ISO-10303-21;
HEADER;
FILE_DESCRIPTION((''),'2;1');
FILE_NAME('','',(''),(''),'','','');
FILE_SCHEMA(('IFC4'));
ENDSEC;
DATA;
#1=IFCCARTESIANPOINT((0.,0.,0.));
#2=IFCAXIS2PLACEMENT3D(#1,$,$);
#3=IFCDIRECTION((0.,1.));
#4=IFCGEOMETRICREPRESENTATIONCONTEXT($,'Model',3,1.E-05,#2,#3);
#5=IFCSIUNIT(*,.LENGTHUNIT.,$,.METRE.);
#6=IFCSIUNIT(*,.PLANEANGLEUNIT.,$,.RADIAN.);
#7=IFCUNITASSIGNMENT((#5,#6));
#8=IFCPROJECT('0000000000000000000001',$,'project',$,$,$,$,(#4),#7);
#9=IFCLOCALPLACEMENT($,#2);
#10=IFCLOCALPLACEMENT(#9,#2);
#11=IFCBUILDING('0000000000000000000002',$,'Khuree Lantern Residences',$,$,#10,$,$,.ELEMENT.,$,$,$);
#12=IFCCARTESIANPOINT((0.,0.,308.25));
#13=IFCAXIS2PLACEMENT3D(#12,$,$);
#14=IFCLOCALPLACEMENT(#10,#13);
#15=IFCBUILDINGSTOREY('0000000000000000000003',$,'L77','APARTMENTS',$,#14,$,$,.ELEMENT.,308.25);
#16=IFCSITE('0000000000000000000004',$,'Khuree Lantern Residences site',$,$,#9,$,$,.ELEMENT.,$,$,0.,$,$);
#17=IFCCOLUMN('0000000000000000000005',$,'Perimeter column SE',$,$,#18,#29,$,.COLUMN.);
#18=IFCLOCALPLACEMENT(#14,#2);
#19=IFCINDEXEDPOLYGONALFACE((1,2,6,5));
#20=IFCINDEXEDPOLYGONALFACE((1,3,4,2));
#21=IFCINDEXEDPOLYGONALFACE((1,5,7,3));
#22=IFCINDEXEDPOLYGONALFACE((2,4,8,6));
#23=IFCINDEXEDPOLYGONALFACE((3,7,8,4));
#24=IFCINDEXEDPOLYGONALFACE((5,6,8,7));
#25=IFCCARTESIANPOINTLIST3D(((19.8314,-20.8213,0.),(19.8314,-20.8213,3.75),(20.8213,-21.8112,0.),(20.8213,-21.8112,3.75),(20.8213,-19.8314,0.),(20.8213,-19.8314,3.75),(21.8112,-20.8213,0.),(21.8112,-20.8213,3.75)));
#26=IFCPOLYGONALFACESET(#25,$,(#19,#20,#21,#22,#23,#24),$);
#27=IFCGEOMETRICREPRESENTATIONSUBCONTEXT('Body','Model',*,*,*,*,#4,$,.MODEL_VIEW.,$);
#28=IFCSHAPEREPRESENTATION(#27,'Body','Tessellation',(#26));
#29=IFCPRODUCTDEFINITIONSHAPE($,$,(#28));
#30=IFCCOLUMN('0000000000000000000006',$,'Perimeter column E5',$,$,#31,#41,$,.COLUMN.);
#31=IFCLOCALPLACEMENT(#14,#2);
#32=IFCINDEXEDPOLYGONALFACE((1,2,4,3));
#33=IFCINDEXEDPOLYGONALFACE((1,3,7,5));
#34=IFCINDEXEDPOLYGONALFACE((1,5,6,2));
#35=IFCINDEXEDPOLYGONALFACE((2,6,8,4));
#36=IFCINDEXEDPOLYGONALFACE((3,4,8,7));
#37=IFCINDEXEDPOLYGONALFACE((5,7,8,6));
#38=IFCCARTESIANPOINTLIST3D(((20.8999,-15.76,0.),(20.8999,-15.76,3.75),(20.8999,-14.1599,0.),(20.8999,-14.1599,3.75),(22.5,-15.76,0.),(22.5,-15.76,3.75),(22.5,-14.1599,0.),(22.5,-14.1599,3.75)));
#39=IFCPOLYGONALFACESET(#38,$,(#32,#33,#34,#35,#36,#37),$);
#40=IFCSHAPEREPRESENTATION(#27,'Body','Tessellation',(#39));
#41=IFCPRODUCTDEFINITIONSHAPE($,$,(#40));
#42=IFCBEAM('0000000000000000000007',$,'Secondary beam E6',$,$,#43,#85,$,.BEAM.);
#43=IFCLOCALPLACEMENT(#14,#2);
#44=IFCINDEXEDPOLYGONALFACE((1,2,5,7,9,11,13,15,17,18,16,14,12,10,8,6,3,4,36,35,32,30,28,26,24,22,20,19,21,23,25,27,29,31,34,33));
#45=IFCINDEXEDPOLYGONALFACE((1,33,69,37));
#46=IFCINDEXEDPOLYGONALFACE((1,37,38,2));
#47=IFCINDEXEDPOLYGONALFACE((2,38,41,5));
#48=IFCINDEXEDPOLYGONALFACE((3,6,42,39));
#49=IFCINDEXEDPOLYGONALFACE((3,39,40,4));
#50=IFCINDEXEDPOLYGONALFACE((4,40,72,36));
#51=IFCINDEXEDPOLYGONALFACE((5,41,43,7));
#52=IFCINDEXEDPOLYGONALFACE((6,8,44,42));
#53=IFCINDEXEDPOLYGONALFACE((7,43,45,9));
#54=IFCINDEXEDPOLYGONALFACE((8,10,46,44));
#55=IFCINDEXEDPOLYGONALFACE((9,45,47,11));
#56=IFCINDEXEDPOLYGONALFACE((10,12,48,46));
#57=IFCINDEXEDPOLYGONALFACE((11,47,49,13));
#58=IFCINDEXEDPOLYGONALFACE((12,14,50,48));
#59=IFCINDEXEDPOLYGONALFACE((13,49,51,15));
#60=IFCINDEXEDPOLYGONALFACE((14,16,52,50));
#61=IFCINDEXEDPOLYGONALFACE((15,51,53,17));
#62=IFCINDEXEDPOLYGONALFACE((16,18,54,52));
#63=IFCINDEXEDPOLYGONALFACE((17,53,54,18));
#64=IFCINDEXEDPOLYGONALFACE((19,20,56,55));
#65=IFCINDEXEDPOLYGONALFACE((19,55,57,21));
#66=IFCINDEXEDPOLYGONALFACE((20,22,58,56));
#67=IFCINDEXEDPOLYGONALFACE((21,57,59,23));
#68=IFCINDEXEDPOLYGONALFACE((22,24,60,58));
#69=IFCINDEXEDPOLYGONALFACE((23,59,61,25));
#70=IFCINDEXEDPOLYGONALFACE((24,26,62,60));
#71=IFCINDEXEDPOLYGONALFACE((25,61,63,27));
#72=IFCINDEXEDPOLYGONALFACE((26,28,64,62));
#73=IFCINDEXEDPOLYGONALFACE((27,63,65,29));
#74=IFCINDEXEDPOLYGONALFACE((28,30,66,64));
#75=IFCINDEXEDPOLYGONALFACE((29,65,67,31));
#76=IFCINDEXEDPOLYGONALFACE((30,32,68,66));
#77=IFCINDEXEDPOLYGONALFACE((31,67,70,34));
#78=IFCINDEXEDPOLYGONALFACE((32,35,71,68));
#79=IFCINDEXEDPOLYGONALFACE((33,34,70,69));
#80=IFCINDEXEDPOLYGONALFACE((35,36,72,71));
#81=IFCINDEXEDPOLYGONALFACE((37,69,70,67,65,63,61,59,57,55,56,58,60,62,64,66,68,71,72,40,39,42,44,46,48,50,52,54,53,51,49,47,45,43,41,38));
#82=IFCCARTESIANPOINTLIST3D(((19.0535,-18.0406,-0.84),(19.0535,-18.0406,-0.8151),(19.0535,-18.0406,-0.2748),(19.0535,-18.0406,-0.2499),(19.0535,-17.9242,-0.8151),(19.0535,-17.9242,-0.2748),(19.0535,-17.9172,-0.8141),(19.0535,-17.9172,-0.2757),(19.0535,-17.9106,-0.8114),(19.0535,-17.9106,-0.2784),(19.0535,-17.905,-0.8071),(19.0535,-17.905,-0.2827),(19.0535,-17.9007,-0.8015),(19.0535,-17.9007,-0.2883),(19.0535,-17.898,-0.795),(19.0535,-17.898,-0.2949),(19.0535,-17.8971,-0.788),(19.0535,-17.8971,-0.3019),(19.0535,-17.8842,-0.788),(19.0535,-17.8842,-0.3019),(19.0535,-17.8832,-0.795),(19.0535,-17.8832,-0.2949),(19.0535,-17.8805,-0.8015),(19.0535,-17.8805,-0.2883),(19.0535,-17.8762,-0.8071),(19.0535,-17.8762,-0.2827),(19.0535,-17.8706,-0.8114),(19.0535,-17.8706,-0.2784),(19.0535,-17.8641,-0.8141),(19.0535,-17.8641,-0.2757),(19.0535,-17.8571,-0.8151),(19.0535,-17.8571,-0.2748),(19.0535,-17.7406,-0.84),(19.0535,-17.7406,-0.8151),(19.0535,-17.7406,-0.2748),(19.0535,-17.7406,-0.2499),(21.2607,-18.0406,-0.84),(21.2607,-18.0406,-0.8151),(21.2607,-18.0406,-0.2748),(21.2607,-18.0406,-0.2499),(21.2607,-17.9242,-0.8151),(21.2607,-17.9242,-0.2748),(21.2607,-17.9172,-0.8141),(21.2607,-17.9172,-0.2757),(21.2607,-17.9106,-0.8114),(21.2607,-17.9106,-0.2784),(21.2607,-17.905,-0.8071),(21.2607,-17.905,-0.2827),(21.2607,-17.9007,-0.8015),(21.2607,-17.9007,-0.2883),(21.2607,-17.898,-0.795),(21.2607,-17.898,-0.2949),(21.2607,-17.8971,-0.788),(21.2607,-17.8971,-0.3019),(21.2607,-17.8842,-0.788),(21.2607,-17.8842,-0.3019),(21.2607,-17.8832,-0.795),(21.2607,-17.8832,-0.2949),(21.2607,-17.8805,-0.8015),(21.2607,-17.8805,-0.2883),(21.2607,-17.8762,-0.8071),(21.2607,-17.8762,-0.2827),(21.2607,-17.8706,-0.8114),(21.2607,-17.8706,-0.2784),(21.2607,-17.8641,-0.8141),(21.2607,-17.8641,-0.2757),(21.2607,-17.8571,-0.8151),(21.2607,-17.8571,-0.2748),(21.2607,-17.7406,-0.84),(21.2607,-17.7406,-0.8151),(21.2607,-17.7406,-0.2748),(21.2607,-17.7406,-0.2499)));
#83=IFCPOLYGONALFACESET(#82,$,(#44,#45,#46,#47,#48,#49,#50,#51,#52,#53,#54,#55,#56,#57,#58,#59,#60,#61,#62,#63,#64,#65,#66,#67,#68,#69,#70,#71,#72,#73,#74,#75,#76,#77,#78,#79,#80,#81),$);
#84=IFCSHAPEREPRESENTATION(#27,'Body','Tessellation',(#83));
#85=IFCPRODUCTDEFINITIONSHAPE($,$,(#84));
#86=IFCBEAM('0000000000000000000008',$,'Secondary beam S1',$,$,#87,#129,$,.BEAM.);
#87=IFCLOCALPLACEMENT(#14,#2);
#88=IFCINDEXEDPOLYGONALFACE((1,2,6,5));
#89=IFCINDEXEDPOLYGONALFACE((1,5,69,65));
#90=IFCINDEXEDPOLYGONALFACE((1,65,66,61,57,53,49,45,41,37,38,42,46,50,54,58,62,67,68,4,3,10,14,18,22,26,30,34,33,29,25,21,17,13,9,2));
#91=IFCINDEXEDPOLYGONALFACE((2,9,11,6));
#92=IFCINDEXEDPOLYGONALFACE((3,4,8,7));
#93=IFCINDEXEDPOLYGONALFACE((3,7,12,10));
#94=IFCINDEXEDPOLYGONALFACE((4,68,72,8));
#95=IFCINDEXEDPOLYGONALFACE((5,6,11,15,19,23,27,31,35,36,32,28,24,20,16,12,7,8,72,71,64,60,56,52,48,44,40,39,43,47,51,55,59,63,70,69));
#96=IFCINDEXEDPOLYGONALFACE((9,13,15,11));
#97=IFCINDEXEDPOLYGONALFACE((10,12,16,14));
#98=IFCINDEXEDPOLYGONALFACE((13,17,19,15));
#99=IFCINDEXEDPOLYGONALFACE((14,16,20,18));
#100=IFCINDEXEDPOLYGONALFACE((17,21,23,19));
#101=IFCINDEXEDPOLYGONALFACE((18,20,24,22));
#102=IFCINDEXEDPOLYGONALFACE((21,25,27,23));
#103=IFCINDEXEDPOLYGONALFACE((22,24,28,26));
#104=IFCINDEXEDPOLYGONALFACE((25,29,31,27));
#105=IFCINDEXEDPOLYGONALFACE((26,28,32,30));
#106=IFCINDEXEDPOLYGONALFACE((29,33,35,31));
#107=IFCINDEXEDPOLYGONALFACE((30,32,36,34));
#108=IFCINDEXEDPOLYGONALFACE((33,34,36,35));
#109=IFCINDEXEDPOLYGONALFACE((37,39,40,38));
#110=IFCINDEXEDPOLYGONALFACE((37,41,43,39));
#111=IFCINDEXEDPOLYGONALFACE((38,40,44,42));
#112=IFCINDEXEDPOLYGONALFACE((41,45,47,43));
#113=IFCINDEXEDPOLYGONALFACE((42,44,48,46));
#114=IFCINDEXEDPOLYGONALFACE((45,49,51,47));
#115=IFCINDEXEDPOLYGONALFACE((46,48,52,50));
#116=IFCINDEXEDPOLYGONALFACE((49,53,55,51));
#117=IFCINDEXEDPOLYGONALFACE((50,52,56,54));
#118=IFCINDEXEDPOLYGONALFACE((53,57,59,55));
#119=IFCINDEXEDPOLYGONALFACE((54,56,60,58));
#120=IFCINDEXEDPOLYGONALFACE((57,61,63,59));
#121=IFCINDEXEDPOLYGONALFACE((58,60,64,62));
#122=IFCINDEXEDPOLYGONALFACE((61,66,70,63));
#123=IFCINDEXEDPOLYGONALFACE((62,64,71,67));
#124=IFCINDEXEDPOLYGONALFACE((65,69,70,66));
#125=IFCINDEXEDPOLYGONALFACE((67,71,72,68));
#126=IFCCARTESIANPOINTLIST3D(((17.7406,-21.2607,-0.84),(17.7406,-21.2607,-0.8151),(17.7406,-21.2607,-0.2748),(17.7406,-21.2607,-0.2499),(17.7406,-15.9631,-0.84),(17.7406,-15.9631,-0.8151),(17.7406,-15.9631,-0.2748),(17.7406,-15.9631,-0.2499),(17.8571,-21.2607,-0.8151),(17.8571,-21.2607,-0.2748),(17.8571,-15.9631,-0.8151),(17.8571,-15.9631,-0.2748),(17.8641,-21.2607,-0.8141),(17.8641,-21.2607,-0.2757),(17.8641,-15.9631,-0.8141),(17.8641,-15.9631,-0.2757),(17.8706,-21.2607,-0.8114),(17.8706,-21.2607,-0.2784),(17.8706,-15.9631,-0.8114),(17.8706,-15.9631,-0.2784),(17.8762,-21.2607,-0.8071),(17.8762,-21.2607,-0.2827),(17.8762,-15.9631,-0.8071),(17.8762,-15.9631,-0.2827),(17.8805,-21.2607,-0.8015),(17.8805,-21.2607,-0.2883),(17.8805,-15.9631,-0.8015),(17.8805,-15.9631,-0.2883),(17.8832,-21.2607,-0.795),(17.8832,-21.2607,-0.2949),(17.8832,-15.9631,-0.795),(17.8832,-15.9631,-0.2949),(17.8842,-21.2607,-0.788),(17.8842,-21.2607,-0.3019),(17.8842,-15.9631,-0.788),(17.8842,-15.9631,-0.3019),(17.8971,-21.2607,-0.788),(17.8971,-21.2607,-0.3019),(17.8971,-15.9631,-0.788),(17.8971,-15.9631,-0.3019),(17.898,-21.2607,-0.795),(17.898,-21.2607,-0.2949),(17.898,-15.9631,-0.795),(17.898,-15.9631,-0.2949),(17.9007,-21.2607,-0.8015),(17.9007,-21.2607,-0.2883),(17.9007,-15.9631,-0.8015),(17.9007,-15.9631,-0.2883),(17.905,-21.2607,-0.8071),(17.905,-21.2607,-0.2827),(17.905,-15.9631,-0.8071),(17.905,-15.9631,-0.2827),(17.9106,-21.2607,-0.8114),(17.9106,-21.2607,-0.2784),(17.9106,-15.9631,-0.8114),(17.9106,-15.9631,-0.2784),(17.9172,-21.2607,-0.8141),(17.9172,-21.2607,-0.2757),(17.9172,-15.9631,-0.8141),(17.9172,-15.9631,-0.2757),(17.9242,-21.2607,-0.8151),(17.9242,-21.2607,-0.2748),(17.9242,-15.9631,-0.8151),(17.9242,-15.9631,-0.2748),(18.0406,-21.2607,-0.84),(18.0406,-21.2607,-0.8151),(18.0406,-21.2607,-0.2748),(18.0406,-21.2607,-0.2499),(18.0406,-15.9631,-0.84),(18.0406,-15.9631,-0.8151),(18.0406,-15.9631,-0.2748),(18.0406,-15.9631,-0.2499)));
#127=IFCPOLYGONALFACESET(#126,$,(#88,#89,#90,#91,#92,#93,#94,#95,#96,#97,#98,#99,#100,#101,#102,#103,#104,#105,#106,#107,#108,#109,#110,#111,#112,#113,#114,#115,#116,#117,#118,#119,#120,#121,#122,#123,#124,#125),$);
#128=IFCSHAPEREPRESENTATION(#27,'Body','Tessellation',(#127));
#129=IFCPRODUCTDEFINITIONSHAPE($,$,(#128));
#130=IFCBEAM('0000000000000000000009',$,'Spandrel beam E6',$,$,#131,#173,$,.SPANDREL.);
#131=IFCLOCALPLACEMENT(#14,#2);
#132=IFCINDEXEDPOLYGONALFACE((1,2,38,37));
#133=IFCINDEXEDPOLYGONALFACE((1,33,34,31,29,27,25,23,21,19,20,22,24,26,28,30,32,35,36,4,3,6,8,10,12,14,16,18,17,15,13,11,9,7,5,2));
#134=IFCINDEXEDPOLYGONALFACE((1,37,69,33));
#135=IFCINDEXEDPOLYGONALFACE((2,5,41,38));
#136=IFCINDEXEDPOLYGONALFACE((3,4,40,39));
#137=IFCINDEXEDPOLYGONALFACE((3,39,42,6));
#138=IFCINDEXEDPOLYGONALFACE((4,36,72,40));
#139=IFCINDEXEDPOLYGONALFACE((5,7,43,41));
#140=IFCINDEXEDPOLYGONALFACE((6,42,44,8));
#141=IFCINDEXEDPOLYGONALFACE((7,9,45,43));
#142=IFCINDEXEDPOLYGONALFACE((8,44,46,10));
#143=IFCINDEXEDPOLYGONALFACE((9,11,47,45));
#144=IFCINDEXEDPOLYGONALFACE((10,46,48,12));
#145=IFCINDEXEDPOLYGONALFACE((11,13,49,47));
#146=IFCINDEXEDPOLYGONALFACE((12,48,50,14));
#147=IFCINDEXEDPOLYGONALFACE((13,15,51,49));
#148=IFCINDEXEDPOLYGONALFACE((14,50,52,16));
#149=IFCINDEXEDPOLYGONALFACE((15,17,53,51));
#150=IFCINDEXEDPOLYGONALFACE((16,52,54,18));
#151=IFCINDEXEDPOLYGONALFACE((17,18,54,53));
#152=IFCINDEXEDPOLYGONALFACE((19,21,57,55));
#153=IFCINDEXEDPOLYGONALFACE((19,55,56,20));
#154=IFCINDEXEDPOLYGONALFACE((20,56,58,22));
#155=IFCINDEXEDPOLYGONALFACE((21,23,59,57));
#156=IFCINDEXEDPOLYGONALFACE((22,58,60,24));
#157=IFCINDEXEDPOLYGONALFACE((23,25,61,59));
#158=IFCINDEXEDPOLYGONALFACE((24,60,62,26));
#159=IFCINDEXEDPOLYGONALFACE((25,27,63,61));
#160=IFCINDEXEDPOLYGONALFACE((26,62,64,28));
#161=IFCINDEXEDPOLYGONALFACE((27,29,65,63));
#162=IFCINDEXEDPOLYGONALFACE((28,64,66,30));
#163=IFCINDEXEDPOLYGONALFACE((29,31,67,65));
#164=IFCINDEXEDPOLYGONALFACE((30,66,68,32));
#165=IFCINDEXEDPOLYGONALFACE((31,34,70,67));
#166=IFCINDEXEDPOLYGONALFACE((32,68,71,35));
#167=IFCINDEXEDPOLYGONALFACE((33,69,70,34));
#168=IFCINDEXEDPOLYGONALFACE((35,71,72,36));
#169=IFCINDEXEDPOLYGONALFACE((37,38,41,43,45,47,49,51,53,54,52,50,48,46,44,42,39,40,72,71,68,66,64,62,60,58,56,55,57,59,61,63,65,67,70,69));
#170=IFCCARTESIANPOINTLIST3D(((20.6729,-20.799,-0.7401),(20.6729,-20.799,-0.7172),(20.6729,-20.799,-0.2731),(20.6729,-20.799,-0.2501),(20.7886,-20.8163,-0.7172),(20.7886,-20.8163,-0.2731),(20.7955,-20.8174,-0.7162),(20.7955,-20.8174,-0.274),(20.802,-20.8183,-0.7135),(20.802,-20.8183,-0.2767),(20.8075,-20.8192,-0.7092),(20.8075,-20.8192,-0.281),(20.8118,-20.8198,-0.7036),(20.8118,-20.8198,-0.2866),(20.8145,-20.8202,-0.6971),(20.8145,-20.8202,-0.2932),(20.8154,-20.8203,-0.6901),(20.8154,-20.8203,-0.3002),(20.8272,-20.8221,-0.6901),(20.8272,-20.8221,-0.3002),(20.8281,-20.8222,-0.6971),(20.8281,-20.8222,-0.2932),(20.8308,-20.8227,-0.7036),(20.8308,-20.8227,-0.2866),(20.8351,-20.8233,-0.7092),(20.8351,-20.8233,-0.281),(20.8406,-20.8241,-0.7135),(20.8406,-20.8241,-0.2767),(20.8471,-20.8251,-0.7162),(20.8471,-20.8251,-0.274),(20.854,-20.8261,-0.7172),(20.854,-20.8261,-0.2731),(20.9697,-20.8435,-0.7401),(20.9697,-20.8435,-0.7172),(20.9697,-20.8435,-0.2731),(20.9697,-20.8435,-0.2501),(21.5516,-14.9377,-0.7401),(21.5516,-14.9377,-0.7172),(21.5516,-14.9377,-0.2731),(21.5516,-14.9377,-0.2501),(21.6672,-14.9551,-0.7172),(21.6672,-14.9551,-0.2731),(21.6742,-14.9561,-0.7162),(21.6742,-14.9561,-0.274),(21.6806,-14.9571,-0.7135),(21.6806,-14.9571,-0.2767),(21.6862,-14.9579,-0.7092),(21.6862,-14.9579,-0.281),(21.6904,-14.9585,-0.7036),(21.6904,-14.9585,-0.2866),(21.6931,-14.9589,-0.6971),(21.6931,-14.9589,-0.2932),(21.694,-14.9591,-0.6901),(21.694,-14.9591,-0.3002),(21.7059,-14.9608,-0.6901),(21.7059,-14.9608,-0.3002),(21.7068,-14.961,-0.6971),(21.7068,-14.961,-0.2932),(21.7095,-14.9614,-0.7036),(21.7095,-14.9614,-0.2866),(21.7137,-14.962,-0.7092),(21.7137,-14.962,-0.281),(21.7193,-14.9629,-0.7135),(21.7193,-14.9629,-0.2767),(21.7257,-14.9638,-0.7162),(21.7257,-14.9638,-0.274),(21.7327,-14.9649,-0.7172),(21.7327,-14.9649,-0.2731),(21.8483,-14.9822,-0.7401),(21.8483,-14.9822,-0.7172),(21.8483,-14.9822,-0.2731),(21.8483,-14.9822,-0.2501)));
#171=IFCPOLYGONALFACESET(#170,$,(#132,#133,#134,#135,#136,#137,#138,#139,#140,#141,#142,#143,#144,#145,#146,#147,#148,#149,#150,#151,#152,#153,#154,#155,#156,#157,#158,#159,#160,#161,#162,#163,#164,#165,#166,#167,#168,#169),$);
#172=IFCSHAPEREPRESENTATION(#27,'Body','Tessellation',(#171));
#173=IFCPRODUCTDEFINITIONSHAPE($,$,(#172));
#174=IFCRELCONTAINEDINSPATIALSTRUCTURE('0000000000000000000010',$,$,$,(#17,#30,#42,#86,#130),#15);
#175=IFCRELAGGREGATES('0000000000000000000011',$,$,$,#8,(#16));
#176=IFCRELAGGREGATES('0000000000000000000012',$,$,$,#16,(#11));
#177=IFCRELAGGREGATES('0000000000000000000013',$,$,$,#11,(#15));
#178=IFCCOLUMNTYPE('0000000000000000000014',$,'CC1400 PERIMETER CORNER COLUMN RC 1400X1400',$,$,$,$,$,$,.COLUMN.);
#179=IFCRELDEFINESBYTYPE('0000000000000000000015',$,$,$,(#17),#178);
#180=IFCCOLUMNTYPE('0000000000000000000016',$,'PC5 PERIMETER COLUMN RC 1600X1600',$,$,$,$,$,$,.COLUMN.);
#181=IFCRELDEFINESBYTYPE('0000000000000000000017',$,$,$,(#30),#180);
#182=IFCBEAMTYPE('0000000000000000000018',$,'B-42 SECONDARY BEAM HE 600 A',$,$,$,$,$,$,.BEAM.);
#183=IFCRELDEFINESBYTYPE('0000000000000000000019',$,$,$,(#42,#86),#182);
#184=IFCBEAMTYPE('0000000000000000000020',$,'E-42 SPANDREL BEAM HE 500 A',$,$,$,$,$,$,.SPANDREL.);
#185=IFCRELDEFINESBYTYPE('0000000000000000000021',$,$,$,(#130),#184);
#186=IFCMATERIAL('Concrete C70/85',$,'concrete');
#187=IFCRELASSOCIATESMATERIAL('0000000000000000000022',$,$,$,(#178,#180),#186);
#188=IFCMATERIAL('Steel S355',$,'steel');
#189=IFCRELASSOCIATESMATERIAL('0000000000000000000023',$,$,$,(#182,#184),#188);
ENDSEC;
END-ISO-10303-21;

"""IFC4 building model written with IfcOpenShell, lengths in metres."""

from ifc_helpers import new_model, si_unit, direction, frame, origin, origin_2d, place, context, subcontext, project, spatial, rectangle, i_section, extrude, material, material_profile, profile_set, type_object, element, save


model = new_model("IFC4")

# Units and contexts
model_context = context("Model", 3, precision=1e-05, world=origin(), true_north=direction((0.0, 1.0)))
body_context = subcontext(model_context, "Body", "Model", "MODEL_VIEW")
ifc_project = project(units=[si_unit("LENGTHUNIT", "METRE"), si_unit("PLANEANGLEUNIT", "RADIAN")], contexts=[model_context])

# Site, building, storey
site_placement = place(None, origin())
site = spatial("IfcSite", under=ifc_project, at=site_placement, Name="Khuree Lantern Residences site", CompositionType="ELEMENT", RefElevation=0.0)
building_placement = place(site_placement, origin())
building = spatial("IfcBuilding", under=site, at=building_placement, Name="Khuree Lantern Residences", CompositionType="ELEMENT")
storey_placement = place(building_placement, frame((0.0, 0.0, 308.25)))
storey = spatial("IfcBuildingStorey", under=building, at=storey_placement, Name="L77", Description="APARTMENTS", CompositionType="ELEMENT", Elevation=308.25)

# Columns
ifc_material_1 = material(Name="Concrete C70/85", Category="concrete")
ifc_material_profile_1 = material_profile(ifc_material_1, rectangle(XDim=1.3999, YDim=1.3999, at=origin_2d()), Name="RC 1400X1400")
ifc_profile_set_1 = profile_set([ifc_material_profile_1], Name="Concrete C70/85")
column_type_1 = type_object("IfcColumnType", Name="CC1400 PERIMETER CORNER COLUMN RC 1400X1400", PredefinedType="COLUMN", material=ifc_profile_set_1)
column_1_placement = place(storey_placement, frame((20.8213, -20.8213, 0.0), z_axis=(0.0, 0.0, 1.0), x_axis=(0.707107, 0.707107, 0.0)))
element("IfcColumn", 1, at=column_1_placement, inside=storey, type_object=column_type_1, Name="Perimeter column SE", PredefinedType="COLUMN", context=body_context, shape_type="SweptSolid", body=[
    extrude(rectangle(XDim=1.3999, YDim=1.3999, at=origin_2d()), origin(), (0.0, 0.0, 1.0), 3.75),
])
ifc_material_profile_2 = material_profile(ifc_material_1, rectangle(XDim=1.6001, YDim=1.6001, at=origin_2d()), Name="RC 1600X1600")
ifc_profile_set_2 = profile_set([ifc_material_profile_2], Name="Concrete C70/85")
column_type_2 = type_object("IfcColumnType", Name="PC5 PERIMETER COLUMN RC 1600X1600", PredefinedType="COLUMN", material=ifc_profile_set_2)
column_2_placement = place(storey_placement, frame((21.7, -14.96, 0.0), z_axis=(0.0, 0.0, 1.0), x_axis=(0.0, 1.0, 0.0)))
element("IfcColumn", 2, at=column_2_placement, inside=storey, type_object=column_type_2, Name="Perimeter column E5", PredefinedType="COLUMN", context=body_context, shape_type="SweptSolid", body=[
    extrude(rectangle(XDim=1.6001, YDim=1.6001, at=origin_2d()), origin(), (0.0, 0.0, 1.0), 3.75),
])

# Beams
ifc_material_2 = material(Name="Steel S355", Category="steel")
ifc_material_profile_3 = material_profile(ifc_material_2, i_section(OverallWidth=0.3, OverallDepth=0.5901, WebThickness=0.0129, FlangeThickness=0.0249, FilletRadius=0.0271, at=origin_2d()), Name="HE 600 A")
ifc_profile_set_3 = profile_set([ifc_material_profile_3], Name="Steel S355")
beam_type_1 = type_object("IfcBeamType", Name="B-42 SECONDARY BEAM HE 600 A", PredefinedType="BEAM", material=ifc_profile_set_3)
beam_1_placement = place(storey_placement, frame((21.2607, -17.8906, -0.5449), z_axis=(-1.0, 0.0, 0.0), x_axis=(0.0, -1.0, 0.0)))
element("IfcBeam", 3, at=beam_1_placement, inside=storey, type_object=beam_type_1, Name="Secondary beam E6", PredefinedType="BEAM", context=body_context, shape_type="SweptSolid", body=[
    extrude(i_section(OverallWidth=0.3, OverallDepth=0.5901, WebThickness=0.0129, FlangeThickness=0.0249, FilletRadius=0.0271, at=origin_2d()), origin(), (0.0, 0.0, 1.0), 2.2073),
])
beam_2_placement = place(storey_placement, frame((17.8906, -21.2607, -0.5449), z_axis=(0.0, 1.0, 0.0), x_axis=(-1.0, 0.0, 0.0)))
element("IfcBeam", 4, at=beam_2_placement, inside=storey, type_object=beam_type_1, Name="Secondary beam S1", PredefinedType="BEAM", context=body_context, shape_type="SweptSolid", body=[
    extrude(i_section(OverallWidth=0.3, OverallDepth=0.5901, WebThickness=0.0129, FlangeThickness=0.0249, FilletRadius=0.0271, at=origin_2d()), origin(), (0.0, 0.0, 1.0), 5.2976),
])
ifc_material_profile_4 = material_profile(ifc_material_2, i_section(OverallWidth=0.3, OverallDepth=0.49, WebThickness=0.012, FlangeThickness=0.0229, FilletRadius=0.0271, at=origin_2d()), Name="HE 500 A")
ifc_profile_set_4 = profile_set([ifc_material_profile_4], Name="Steel S355")
beam_type_2 = type_object("IfcBeamType", Name="E-42 SPANDREL BEAM HE 500 A", PredefinedType="SPANDREL", material=ifc_profile_set_4)
for number, where, z_axis, x_axis, name in (
    (5, (21.7, -14.96, -0.4951), (-0.148252, -0.98895, 0.0), (0.98895, -0.148252, 0.0), "Spandrel beam E6"),
):
    element("IfcBeam", number, at=place(storey_placement, frame(where, z_axis=z_axis, x_axis=x_axis)), inside=storey, type_object=beam_type_2, Name=name, PredefinedType="SPANDREL", context=body_context, shape_type="SweptSolid", body=[
        extrude(i_section(OverallWidth=0.3, OverallDepth=0.49, WebThickness=0.012, FlangeThickness=0.0229, FilletRadius=0.0271, at=origin_2d()), origin(), (0.0, 0.0, 1.0), 5.9268),
    ])

save(model, "model.ifc")
